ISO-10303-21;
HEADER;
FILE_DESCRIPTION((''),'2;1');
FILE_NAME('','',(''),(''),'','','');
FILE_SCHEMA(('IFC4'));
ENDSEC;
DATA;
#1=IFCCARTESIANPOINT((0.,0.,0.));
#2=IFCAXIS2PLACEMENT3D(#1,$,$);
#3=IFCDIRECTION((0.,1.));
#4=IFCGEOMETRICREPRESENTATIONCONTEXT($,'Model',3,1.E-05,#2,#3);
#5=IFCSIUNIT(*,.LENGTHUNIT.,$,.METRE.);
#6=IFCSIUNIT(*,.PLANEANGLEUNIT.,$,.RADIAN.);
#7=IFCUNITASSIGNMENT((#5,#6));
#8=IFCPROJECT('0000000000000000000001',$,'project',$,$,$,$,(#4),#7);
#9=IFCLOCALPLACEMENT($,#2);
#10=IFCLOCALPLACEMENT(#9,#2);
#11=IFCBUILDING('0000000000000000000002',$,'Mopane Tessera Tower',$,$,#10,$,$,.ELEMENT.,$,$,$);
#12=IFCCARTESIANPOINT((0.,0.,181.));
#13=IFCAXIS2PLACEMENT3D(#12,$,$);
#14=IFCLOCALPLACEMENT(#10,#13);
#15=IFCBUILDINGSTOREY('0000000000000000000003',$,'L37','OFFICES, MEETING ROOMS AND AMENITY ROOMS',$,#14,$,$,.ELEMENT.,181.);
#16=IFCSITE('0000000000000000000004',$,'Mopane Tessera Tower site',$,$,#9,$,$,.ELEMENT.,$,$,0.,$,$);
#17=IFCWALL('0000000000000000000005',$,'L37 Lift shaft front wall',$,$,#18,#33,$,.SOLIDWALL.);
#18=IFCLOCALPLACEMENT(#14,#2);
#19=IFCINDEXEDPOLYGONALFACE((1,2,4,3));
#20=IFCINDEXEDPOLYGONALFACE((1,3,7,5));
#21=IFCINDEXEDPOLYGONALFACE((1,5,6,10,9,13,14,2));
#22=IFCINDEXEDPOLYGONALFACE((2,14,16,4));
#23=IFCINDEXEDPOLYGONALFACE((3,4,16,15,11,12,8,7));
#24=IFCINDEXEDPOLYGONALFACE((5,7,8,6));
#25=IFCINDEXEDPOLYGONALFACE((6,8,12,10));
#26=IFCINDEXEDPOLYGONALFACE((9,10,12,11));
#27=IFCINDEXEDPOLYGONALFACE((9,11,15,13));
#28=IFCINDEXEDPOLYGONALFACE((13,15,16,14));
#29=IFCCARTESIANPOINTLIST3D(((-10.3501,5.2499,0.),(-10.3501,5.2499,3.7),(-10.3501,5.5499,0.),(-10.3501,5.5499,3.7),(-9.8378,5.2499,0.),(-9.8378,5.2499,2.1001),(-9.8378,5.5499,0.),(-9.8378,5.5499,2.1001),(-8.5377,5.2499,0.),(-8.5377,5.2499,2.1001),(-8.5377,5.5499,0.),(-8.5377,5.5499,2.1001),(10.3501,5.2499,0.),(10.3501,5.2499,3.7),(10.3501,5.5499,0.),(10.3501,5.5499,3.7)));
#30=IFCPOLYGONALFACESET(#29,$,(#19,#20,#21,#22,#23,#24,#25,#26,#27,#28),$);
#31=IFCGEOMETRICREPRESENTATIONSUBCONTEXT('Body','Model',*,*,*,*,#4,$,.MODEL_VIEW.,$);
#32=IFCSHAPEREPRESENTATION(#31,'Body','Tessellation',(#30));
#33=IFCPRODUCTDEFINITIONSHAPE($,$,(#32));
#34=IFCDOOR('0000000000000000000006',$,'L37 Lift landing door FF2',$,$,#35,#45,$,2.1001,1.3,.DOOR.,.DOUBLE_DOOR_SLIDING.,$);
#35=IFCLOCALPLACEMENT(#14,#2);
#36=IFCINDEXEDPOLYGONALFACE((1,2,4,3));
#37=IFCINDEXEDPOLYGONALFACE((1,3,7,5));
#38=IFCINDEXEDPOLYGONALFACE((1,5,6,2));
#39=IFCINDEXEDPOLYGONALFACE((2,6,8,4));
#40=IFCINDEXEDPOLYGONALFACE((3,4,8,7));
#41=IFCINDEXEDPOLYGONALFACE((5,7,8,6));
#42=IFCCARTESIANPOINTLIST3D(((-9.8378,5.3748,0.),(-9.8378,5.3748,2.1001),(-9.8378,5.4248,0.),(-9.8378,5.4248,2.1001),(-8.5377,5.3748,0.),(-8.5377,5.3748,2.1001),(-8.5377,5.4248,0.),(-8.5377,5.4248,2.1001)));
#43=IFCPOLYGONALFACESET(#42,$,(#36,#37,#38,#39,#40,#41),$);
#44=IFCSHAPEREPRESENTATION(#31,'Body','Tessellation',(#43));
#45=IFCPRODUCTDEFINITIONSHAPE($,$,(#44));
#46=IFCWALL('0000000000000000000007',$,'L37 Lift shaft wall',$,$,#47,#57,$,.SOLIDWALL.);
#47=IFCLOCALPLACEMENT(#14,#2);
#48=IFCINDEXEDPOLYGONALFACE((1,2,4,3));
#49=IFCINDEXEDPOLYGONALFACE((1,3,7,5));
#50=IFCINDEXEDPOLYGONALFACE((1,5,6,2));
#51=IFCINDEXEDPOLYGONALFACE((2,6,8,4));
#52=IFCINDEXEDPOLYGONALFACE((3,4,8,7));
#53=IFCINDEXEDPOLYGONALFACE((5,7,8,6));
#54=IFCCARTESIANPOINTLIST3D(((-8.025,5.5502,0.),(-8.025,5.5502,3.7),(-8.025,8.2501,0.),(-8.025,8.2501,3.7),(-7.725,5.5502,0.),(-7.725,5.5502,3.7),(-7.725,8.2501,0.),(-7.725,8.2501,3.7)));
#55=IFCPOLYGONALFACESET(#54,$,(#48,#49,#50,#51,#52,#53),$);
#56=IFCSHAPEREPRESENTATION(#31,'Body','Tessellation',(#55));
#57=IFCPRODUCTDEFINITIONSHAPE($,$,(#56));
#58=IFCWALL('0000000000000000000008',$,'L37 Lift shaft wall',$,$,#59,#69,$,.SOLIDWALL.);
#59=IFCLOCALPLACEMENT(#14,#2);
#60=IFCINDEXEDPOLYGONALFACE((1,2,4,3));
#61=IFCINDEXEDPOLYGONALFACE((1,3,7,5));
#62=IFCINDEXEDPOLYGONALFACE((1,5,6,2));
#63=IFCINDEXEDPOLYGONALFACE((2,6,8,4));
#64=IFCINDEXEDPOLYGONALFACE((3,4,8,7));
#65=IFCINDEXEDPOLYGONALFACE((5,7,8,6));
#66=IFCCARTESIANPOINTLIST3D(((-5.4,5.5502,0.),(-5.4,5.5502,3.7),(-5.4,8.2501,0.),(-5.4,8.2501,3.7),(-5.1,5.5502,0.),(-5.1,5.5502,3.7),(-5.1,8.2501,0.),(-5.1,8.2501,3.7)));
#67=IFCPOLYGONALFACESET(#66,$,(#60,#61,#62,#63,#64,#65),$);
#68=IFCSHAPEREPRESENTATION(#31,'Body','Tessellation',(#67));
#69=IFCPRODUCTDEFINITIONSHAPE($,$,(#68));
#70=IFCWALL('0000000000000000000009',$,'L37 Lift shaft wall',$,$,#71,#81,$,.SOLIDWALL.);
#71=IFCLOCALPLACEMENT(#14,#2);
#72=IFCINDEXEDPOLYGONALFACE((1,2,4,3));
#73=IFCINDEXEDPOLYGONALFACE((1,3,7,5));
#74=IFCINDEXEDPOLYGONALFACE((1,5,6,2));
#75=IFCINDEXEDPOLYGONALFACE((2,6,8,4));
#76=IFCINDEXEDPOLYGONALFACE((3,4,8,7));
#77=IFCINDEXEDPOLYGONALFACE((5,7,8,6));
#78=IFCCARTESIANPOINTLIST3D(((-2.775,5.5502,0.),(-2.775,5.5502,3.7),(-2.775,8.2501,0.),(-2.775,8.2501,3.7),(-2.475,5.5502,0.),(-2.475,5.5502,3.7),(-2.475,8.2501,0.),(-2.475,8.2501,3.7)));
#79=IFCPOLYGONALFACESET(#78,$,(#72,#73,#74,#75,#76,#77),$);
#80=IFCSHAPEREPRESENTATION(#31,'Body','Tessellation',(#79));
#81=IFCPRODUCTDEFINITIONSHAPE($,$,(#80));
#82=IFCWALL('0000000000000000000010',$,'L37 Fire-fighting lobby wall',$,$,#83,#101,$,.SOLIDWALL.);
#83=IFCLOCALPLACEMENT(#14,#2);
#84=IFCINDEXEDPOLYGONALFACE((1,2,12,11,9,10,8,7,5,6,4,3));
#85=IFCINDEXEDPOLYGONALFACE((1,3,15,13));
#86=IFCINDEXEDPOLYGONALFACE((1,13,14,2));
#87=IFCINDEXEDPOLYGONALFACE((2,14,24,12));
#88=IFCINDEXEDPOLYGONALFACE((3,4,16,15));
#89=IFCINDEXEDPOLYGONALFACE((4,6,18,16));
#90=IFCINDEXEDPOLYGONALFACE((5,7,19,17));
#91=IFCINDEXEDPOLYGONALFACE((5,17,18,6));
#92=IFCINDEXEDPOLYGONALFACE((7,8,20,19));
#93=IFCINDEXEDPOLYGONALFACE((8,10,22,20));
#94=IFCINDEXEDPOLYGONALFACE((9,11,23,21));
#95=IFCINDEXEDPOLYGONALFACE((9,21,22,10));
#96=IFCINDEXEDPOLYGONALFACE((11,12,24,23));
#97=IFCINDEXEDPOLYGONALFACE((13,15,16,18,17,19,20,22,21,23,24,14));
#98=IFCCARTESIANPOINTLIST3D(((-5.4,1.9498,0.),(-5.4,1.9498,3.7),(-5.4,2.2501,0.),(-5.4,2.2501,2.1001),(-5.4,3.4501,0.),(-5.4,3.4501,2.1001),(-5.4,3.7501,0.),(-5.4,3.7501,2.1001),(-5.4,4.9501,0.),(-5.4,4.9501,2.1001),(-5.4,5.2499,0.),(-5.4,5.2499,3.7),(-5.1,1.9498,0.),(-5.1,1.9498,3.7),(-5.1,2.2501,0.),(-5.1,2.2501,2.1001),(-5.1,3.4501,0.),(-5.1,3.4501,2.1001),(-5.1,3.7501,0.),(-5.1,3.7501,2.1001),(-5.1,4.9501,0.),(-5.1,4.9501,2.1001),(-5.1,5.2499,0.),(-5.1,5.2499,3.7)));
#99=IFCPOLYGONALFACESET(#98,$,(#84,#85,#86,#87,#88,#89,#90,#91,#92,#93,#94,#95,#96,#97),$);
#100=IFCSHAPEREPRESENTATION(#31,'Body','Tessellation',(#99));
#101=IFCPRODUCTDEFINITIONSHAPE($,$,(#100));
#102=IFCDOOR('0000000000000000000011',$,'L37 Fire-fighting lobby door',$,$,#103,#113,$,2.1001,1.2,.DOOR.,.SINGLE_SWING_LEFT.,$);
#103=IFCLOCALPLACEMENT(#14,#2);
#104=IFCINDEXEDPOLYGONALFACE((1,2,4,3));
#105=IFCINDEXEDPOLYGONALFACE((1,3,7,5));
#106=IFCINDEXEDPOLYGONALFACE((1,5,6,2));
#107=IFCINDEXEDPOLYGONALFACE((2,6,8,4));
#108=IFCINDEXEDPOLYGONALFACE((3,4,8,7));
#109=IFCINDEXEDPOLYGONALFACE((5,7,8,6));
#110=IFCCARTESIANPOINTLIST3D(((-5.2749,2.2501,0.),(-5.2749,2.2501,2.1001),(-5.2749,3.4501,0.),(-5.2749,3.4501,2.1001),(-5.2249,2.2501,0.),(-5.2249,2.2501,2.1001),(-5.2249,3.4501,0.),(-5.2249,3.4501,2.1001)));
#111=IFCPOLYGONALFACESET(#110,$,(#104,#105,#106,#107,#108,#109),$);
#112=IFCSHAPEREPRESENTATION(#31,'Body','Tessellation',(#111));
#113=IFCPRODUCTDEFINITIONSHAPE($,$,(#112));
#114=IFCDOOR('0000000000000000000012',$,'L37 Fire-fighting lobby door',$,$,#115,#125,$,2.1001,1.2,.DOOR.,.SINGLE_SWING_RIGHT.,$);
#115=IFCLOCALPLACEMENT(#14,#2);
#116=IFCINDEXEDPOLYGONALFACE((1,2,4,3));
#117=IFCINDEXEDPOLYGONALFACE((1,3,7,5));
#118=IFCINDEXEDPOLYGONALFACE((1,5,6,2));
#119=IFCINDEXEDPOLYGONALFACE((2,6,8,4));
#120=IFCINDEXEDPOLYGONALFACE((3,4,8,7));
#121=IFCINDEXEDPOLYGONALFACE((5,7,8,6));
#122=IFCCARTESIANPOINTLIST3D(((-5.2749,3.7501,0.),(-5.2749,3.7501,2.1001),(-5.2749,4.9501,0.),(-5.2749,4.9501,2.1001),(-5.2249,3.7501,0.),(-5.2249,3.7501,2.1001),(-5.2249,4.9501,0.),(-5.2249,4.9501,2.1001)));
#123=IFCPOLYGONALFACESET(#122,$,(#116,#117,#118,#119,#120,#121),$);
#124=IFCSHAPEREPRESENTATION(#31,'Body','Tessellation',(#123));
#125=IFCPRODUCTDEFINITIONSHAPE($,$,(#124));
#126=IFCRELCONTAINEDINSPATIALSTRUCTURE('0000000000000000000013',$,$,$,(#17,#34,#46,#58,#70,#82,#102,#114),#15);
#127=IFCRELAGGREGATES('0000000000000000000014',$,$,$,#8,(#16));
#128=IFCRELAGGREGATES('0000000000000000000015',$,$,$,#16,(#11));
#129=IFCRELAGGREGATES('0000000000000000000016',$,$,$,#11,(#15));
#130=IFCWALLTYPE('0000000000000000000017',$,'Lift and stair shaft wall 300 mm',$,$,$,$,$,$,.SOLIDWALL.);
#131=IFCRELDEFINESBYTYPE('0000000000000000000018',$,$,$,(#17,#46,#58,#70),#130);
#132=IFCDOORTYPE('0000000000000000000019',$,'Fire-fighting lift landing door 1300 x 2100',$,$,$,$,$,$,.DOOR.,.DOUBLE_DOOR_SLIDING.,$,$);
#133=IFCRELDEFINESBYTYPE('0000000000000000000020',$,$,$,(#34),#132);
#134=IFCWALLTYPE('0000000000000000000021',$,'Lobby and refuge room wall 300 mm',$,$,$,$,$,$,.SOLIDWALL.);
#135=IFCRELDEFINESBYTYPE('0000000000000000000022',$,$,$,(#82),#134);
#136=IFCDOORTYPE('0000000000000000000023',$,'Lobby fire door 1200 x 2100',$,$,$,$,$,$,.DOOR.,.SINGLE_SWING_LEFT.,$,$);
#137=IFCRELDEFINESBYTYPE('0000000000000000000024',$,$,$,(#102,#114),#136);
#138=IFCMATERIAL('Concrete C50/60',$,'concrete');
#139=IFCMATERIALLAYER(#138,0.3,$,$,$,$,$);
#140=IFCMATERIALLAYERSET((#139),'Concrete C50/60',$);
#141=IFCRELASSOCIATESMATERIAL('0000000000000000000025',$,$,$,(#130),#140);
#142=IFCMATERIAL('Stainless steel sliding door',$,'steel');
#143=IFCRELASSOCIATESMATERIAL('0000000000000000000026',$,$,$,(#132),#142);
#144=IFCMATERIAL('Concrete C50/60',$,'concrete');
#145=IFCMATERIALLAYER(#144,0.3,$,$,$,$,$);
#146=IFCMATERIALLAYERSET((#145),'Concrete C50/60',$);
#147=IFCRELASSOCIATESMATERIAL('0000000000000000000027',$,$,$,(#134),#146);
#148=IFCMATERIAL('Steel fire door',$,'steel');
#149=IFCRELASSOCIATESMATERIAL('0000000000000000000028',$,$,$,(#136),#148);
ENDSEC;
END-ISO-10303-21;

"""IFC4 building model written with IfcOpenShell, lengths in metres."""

from ifc_helpers import new_model, si_unit, direction, frame, frame_2d, origin, place, context, subcontext, project, spatial, rectangle, extrude, material, layer, layer_set, type_object, element, fill, save


model = new_model("IFC4")

# Units and contexts
model_context = context("Model", 3, precision=1e-05, world=origin(), true_north=direction((0.0, 1.0)))
body_context = subcontext(model_context, "Body", "Model", "MODEL_VIEW")
ifc_project = project(units=[si_unit("LENGTHUNIT", "METRE"), si_unit("PLANEANGLEUNIT", "RADIAN")], contexts=[model_context])

# Site, building, storey
site_placement = place(None, origin())
site = spatial("IfcSite", under=ifc_project, at=site_placement, Name="Mopane Tessera Tower site", CompositionType="ELEMENT", RefElevation=0.0)
building_placement = place(site_placement, origin())
building = spatial("IfcBuilding", under=site, at=building_placement, Name="Mopane Tessera Tower", CompositionType="ELEMENT")
storey_placement = place(building_placement, frame((0.0, 0.0, 181.0)))
storey = spatial("IfcBuildingStorey", under=building, at=storey_placement, Name="L37", Description="OFFICES, MEETING ROOMS AND AMENITY ROOMS", CompositionType="ELEMENT", Elevation=181.0)

# Shared definitions
ifc_material_1 = material(Name="Concrete C50/60", Category="concrete")
ifc_layer_1 = layer(ifc_material_1, 0.3)
ifc_layer_set_1 = layer_set([ifc_layer_1], Name="Concrete C50/60")
wall_type_1 = type_object("IfcWallType", Name="Lift and stair shaft wall 300 mm", PredefinedType="SOLIDWALL", material=ifc_layer_set_1)

# Shared definitions
ifc_material_2 = material(Name="Stainless steel sliding door", Category="steel")
door_type_1 = type_object("IfcDoorType", Name="Fire-fighting lift landing door 1300 x 2100", OperationType="DOUBLE_DOOR_SLIDING", PredefinedType="DOOR", material=ifc_material_2)

# Wall, opening, door
wall_1_placement = place(storey_placement, frame((-10.3501, 5.3999, 0.0), z_axis=(0.0, 0.0, 1.0), x_axis=(1.0, 0.0, 0.0)))
wall_1 = element("IfcWall", 1, at=wall_1_placement, inside=storey, type_object=wall_type_1, Name="L37 Lift shaft front wall", PredefinedType="SOLIDWALL", context=body_context, shape_type="SweptSolid", body=[
    extrude(rectangle(XDim=20.7002, YDim=0.3, at=frame_2d((10.3501, 0.0))), origin(), (0.0, 0.0, 1.0), 3.7),
])
opening_1_placement = place(wall_1_placement, frame((0.5125, 0.0, 0.0)))
opening_1 = element("IfcOpeningElement", 2, at=opening_1_placement, cuts=wall_1, PredefinedType="OPENING", context=body_context, shape_type="SweptSolid", body=[
    extrude(rectangle(XDim=1.3, YDim=2.1001, at=frame_2d((0.6499, 1.05))), frame((0.0, 0.1621, 0.0), z_axis=(0.0, -1.0, 0.0), x_axis=(1.0, 0.0, 0.0)), (0.0, 0.0, 1.0), 0.324),
])
door_1_placement = place(opening_1_placement, origin())
door_1 = element("IfcDoor", 3, at=door_1_placement, inside=storey, type_object=door_type_1, Name="L37 Lift landing door FF2", OperationType="DOUBLE_DOOR_SLIDING", OverallHeight=2.1001, OverallWidth=1.3, PredefinedType="DOOR", context=body_context, shape_type="SweptSolid", body=[
    extrude(rectangle(XDim=1.3, YDim=2.1001, at=frame_2d((0.6499, 1.05))), frame((0.0, 0.0249, 0.0), z_axis=(0.0, -1.0, 0.0), x_axis=(1.0, 0.0, 0.0)), (0.0, 0.0, 1.0), 0.05),
])
fill(opening_1, door_1)

# Walls
for number, where, z_axis, x_axis, name in (
    (4, (-7.875, 5.55, 0.0), (0.0, 0.0, 1.0), (0.0, 1.0, 0.0), "L37 Lift shaft wall"),
    (5, (-5.25, 5.55, 0.0), (0.0, 0.0, 1.0), (0.0, 1.0, 0.0), "L37 Lift shaft wall"),
    (6, (-2.625, 5.55, 0.0), (0.0, 0.0, 1.0), (0.0, 1.0, 0.0), "L37 Lift shaft wall"),
):
    element("IfcWall", number, at=place(storey_placement, frame(where, z_axis=z_axis, x_axis=x_axis)), inside=storey, type_object=wall_type_1, Name=name, PredefinedType="SOLIDWALL", context=body_context, shape_type="SweptSolid", body=[
        extrude(rectangle(XDim=2.7, YDim=0.3, at=frame_2d((1.3501, 0.0))), origin(), (0.0, 0.0, 1.0), 3.7),
    ])

# Wall, openings, doors
ifc_material_3 = material(Name="Concrete C50/60", Category="concrete")
ifc_layer_2 = layer(ifc_material_3, 0.3)
ifc_layer_set_2 = layer_set([ifc_layer_2], Name="Concrete C50/60")
wall_type_2 = type_object("IfcWallType", Name="Lobby and refuge room wall 300 mm", PredefinedType="SOLIDWALL", material=ifc_layer_set_2)
wall_2_placement = place(storey_placement, frame((-5.25, 1.95, 0.0), z_axis=(0.0, 0.0, 1.0), x_axis=(0.0, 1.0, 0.0)))
wall_2 = element("IfcWall", 7, at=wall_2_placement, inside=storey, type_object=wall_type_2, Name="L37 Fire-fighting lobby wall", PredefinedType="SOLIDWALL", context=body_context, shape_type="SweptSolid", body=[
    extrude(rectangle(XDim=3.3, YDim=0.3, at=frame_2d((1.6499, 0.0))), origin(), (0.0, 0.0, 1.0), 3.7),
])
opening_2_placement = place(wall_2_placement, frame((0.3, 0.0, 0.0)))
opening_2 = element("IfcOpeningElement", 8, at=opening_2_placement, cuts=wall_2, PredefinedType="OPENING", context=body_context, shape_type="SweptSolid", body=[
    extrude(rectangle(XDim=1.2, YDim=2.1001, at=frame_2d((0.6001, 1.05))), frame((0.0, 0.1621, 0.0), z_axis=(0.0, -1.0, 0.0), x_axis=(1.0, 0.0, 0.0)), (0.0, 0.0, 1.0), 0.324),
])
opening_3_placement = place(wall_2_placement, frame((1.8, 0.0, 0.0)))
opening_3 = element("IfcOpeningElement", 9, at=opening_3_placement, cuts=wall_2, PredefinedType="OPENING", context=body_context, shape_type="SweptSolid", body=[
    extrude(rectangle(XDim=1.2, YDim=2.1001, at=frame_2d((0.6001, 1.05))), frame((0.0, 0.1621, 0.0), z_axis=(0.0, -1.0, 0.0), x_axis=(1.0, 0.0, 0.0)), (0.0, 0.0, 1.0), 0.324),
])
ifc_material_4 = material(Name="Steel fire door", Category="steel")
door_type_2 = type_object("IfcDoorType", Name="Lobby fire door 1200 x 2100", OperationType="SINGLE_SWING_LEFT", PredefinedType="DOOR", material=ifc_material_4)
door_2_placement = place(opening_2_placement, origin())
door_2 = element("IfcDoor", 10, at=door_2_placement, inside=storey, type_object=door_type_2, Name="L37 Fire-fighting lobby door", OperationType="SINGLE_SWING_LEFT", OverallHeight=2.1001, OverallWidth=1.2, PredefinedType="DOOR", context=body_context, shape_type="SweptSolid", body=[
    extrude(rectangle(XDim=1.2, YDim=2.1001, at=frame_2d((0.6001, 1.05))), frame((0.0, 0.0249, 0.0), z_axis=(0.0, -1.0, 0.0), x_axis=(1.0, 0.0, 0.0)), (0.0, 0.0, 1.0), 0.05),
])
fill(opening_2, door_2)
door_3_placement = place(opening_3_placement, origin())
door_3 = element("IfcDoor", 11, at=door_3_placement, inside=storey, type_object=door_type_2, Name="L37 Fire-fighting lobby door", OperationType="SINGLE_SWING_RIGHT", OverallHeight=2.1001, OverallWidth=1.2, PredefinedType="DOOR", context=body_context, shape_type="SweptSolid", body=[
    extrude(rectangle(XDim=1.2, YDim=2.1001, at=frame_2d((0.6001, 1.05))), frame((0.0, 0.0249, 0.0), z_axis=(0.0, -1.0, 0.0), x_axis=(1.0, 0.0, 0.0)), (0.0, 0.0, 1.0), 0.05),
])
fill(opening_3, door_3)

save(model, "model.ifc")
